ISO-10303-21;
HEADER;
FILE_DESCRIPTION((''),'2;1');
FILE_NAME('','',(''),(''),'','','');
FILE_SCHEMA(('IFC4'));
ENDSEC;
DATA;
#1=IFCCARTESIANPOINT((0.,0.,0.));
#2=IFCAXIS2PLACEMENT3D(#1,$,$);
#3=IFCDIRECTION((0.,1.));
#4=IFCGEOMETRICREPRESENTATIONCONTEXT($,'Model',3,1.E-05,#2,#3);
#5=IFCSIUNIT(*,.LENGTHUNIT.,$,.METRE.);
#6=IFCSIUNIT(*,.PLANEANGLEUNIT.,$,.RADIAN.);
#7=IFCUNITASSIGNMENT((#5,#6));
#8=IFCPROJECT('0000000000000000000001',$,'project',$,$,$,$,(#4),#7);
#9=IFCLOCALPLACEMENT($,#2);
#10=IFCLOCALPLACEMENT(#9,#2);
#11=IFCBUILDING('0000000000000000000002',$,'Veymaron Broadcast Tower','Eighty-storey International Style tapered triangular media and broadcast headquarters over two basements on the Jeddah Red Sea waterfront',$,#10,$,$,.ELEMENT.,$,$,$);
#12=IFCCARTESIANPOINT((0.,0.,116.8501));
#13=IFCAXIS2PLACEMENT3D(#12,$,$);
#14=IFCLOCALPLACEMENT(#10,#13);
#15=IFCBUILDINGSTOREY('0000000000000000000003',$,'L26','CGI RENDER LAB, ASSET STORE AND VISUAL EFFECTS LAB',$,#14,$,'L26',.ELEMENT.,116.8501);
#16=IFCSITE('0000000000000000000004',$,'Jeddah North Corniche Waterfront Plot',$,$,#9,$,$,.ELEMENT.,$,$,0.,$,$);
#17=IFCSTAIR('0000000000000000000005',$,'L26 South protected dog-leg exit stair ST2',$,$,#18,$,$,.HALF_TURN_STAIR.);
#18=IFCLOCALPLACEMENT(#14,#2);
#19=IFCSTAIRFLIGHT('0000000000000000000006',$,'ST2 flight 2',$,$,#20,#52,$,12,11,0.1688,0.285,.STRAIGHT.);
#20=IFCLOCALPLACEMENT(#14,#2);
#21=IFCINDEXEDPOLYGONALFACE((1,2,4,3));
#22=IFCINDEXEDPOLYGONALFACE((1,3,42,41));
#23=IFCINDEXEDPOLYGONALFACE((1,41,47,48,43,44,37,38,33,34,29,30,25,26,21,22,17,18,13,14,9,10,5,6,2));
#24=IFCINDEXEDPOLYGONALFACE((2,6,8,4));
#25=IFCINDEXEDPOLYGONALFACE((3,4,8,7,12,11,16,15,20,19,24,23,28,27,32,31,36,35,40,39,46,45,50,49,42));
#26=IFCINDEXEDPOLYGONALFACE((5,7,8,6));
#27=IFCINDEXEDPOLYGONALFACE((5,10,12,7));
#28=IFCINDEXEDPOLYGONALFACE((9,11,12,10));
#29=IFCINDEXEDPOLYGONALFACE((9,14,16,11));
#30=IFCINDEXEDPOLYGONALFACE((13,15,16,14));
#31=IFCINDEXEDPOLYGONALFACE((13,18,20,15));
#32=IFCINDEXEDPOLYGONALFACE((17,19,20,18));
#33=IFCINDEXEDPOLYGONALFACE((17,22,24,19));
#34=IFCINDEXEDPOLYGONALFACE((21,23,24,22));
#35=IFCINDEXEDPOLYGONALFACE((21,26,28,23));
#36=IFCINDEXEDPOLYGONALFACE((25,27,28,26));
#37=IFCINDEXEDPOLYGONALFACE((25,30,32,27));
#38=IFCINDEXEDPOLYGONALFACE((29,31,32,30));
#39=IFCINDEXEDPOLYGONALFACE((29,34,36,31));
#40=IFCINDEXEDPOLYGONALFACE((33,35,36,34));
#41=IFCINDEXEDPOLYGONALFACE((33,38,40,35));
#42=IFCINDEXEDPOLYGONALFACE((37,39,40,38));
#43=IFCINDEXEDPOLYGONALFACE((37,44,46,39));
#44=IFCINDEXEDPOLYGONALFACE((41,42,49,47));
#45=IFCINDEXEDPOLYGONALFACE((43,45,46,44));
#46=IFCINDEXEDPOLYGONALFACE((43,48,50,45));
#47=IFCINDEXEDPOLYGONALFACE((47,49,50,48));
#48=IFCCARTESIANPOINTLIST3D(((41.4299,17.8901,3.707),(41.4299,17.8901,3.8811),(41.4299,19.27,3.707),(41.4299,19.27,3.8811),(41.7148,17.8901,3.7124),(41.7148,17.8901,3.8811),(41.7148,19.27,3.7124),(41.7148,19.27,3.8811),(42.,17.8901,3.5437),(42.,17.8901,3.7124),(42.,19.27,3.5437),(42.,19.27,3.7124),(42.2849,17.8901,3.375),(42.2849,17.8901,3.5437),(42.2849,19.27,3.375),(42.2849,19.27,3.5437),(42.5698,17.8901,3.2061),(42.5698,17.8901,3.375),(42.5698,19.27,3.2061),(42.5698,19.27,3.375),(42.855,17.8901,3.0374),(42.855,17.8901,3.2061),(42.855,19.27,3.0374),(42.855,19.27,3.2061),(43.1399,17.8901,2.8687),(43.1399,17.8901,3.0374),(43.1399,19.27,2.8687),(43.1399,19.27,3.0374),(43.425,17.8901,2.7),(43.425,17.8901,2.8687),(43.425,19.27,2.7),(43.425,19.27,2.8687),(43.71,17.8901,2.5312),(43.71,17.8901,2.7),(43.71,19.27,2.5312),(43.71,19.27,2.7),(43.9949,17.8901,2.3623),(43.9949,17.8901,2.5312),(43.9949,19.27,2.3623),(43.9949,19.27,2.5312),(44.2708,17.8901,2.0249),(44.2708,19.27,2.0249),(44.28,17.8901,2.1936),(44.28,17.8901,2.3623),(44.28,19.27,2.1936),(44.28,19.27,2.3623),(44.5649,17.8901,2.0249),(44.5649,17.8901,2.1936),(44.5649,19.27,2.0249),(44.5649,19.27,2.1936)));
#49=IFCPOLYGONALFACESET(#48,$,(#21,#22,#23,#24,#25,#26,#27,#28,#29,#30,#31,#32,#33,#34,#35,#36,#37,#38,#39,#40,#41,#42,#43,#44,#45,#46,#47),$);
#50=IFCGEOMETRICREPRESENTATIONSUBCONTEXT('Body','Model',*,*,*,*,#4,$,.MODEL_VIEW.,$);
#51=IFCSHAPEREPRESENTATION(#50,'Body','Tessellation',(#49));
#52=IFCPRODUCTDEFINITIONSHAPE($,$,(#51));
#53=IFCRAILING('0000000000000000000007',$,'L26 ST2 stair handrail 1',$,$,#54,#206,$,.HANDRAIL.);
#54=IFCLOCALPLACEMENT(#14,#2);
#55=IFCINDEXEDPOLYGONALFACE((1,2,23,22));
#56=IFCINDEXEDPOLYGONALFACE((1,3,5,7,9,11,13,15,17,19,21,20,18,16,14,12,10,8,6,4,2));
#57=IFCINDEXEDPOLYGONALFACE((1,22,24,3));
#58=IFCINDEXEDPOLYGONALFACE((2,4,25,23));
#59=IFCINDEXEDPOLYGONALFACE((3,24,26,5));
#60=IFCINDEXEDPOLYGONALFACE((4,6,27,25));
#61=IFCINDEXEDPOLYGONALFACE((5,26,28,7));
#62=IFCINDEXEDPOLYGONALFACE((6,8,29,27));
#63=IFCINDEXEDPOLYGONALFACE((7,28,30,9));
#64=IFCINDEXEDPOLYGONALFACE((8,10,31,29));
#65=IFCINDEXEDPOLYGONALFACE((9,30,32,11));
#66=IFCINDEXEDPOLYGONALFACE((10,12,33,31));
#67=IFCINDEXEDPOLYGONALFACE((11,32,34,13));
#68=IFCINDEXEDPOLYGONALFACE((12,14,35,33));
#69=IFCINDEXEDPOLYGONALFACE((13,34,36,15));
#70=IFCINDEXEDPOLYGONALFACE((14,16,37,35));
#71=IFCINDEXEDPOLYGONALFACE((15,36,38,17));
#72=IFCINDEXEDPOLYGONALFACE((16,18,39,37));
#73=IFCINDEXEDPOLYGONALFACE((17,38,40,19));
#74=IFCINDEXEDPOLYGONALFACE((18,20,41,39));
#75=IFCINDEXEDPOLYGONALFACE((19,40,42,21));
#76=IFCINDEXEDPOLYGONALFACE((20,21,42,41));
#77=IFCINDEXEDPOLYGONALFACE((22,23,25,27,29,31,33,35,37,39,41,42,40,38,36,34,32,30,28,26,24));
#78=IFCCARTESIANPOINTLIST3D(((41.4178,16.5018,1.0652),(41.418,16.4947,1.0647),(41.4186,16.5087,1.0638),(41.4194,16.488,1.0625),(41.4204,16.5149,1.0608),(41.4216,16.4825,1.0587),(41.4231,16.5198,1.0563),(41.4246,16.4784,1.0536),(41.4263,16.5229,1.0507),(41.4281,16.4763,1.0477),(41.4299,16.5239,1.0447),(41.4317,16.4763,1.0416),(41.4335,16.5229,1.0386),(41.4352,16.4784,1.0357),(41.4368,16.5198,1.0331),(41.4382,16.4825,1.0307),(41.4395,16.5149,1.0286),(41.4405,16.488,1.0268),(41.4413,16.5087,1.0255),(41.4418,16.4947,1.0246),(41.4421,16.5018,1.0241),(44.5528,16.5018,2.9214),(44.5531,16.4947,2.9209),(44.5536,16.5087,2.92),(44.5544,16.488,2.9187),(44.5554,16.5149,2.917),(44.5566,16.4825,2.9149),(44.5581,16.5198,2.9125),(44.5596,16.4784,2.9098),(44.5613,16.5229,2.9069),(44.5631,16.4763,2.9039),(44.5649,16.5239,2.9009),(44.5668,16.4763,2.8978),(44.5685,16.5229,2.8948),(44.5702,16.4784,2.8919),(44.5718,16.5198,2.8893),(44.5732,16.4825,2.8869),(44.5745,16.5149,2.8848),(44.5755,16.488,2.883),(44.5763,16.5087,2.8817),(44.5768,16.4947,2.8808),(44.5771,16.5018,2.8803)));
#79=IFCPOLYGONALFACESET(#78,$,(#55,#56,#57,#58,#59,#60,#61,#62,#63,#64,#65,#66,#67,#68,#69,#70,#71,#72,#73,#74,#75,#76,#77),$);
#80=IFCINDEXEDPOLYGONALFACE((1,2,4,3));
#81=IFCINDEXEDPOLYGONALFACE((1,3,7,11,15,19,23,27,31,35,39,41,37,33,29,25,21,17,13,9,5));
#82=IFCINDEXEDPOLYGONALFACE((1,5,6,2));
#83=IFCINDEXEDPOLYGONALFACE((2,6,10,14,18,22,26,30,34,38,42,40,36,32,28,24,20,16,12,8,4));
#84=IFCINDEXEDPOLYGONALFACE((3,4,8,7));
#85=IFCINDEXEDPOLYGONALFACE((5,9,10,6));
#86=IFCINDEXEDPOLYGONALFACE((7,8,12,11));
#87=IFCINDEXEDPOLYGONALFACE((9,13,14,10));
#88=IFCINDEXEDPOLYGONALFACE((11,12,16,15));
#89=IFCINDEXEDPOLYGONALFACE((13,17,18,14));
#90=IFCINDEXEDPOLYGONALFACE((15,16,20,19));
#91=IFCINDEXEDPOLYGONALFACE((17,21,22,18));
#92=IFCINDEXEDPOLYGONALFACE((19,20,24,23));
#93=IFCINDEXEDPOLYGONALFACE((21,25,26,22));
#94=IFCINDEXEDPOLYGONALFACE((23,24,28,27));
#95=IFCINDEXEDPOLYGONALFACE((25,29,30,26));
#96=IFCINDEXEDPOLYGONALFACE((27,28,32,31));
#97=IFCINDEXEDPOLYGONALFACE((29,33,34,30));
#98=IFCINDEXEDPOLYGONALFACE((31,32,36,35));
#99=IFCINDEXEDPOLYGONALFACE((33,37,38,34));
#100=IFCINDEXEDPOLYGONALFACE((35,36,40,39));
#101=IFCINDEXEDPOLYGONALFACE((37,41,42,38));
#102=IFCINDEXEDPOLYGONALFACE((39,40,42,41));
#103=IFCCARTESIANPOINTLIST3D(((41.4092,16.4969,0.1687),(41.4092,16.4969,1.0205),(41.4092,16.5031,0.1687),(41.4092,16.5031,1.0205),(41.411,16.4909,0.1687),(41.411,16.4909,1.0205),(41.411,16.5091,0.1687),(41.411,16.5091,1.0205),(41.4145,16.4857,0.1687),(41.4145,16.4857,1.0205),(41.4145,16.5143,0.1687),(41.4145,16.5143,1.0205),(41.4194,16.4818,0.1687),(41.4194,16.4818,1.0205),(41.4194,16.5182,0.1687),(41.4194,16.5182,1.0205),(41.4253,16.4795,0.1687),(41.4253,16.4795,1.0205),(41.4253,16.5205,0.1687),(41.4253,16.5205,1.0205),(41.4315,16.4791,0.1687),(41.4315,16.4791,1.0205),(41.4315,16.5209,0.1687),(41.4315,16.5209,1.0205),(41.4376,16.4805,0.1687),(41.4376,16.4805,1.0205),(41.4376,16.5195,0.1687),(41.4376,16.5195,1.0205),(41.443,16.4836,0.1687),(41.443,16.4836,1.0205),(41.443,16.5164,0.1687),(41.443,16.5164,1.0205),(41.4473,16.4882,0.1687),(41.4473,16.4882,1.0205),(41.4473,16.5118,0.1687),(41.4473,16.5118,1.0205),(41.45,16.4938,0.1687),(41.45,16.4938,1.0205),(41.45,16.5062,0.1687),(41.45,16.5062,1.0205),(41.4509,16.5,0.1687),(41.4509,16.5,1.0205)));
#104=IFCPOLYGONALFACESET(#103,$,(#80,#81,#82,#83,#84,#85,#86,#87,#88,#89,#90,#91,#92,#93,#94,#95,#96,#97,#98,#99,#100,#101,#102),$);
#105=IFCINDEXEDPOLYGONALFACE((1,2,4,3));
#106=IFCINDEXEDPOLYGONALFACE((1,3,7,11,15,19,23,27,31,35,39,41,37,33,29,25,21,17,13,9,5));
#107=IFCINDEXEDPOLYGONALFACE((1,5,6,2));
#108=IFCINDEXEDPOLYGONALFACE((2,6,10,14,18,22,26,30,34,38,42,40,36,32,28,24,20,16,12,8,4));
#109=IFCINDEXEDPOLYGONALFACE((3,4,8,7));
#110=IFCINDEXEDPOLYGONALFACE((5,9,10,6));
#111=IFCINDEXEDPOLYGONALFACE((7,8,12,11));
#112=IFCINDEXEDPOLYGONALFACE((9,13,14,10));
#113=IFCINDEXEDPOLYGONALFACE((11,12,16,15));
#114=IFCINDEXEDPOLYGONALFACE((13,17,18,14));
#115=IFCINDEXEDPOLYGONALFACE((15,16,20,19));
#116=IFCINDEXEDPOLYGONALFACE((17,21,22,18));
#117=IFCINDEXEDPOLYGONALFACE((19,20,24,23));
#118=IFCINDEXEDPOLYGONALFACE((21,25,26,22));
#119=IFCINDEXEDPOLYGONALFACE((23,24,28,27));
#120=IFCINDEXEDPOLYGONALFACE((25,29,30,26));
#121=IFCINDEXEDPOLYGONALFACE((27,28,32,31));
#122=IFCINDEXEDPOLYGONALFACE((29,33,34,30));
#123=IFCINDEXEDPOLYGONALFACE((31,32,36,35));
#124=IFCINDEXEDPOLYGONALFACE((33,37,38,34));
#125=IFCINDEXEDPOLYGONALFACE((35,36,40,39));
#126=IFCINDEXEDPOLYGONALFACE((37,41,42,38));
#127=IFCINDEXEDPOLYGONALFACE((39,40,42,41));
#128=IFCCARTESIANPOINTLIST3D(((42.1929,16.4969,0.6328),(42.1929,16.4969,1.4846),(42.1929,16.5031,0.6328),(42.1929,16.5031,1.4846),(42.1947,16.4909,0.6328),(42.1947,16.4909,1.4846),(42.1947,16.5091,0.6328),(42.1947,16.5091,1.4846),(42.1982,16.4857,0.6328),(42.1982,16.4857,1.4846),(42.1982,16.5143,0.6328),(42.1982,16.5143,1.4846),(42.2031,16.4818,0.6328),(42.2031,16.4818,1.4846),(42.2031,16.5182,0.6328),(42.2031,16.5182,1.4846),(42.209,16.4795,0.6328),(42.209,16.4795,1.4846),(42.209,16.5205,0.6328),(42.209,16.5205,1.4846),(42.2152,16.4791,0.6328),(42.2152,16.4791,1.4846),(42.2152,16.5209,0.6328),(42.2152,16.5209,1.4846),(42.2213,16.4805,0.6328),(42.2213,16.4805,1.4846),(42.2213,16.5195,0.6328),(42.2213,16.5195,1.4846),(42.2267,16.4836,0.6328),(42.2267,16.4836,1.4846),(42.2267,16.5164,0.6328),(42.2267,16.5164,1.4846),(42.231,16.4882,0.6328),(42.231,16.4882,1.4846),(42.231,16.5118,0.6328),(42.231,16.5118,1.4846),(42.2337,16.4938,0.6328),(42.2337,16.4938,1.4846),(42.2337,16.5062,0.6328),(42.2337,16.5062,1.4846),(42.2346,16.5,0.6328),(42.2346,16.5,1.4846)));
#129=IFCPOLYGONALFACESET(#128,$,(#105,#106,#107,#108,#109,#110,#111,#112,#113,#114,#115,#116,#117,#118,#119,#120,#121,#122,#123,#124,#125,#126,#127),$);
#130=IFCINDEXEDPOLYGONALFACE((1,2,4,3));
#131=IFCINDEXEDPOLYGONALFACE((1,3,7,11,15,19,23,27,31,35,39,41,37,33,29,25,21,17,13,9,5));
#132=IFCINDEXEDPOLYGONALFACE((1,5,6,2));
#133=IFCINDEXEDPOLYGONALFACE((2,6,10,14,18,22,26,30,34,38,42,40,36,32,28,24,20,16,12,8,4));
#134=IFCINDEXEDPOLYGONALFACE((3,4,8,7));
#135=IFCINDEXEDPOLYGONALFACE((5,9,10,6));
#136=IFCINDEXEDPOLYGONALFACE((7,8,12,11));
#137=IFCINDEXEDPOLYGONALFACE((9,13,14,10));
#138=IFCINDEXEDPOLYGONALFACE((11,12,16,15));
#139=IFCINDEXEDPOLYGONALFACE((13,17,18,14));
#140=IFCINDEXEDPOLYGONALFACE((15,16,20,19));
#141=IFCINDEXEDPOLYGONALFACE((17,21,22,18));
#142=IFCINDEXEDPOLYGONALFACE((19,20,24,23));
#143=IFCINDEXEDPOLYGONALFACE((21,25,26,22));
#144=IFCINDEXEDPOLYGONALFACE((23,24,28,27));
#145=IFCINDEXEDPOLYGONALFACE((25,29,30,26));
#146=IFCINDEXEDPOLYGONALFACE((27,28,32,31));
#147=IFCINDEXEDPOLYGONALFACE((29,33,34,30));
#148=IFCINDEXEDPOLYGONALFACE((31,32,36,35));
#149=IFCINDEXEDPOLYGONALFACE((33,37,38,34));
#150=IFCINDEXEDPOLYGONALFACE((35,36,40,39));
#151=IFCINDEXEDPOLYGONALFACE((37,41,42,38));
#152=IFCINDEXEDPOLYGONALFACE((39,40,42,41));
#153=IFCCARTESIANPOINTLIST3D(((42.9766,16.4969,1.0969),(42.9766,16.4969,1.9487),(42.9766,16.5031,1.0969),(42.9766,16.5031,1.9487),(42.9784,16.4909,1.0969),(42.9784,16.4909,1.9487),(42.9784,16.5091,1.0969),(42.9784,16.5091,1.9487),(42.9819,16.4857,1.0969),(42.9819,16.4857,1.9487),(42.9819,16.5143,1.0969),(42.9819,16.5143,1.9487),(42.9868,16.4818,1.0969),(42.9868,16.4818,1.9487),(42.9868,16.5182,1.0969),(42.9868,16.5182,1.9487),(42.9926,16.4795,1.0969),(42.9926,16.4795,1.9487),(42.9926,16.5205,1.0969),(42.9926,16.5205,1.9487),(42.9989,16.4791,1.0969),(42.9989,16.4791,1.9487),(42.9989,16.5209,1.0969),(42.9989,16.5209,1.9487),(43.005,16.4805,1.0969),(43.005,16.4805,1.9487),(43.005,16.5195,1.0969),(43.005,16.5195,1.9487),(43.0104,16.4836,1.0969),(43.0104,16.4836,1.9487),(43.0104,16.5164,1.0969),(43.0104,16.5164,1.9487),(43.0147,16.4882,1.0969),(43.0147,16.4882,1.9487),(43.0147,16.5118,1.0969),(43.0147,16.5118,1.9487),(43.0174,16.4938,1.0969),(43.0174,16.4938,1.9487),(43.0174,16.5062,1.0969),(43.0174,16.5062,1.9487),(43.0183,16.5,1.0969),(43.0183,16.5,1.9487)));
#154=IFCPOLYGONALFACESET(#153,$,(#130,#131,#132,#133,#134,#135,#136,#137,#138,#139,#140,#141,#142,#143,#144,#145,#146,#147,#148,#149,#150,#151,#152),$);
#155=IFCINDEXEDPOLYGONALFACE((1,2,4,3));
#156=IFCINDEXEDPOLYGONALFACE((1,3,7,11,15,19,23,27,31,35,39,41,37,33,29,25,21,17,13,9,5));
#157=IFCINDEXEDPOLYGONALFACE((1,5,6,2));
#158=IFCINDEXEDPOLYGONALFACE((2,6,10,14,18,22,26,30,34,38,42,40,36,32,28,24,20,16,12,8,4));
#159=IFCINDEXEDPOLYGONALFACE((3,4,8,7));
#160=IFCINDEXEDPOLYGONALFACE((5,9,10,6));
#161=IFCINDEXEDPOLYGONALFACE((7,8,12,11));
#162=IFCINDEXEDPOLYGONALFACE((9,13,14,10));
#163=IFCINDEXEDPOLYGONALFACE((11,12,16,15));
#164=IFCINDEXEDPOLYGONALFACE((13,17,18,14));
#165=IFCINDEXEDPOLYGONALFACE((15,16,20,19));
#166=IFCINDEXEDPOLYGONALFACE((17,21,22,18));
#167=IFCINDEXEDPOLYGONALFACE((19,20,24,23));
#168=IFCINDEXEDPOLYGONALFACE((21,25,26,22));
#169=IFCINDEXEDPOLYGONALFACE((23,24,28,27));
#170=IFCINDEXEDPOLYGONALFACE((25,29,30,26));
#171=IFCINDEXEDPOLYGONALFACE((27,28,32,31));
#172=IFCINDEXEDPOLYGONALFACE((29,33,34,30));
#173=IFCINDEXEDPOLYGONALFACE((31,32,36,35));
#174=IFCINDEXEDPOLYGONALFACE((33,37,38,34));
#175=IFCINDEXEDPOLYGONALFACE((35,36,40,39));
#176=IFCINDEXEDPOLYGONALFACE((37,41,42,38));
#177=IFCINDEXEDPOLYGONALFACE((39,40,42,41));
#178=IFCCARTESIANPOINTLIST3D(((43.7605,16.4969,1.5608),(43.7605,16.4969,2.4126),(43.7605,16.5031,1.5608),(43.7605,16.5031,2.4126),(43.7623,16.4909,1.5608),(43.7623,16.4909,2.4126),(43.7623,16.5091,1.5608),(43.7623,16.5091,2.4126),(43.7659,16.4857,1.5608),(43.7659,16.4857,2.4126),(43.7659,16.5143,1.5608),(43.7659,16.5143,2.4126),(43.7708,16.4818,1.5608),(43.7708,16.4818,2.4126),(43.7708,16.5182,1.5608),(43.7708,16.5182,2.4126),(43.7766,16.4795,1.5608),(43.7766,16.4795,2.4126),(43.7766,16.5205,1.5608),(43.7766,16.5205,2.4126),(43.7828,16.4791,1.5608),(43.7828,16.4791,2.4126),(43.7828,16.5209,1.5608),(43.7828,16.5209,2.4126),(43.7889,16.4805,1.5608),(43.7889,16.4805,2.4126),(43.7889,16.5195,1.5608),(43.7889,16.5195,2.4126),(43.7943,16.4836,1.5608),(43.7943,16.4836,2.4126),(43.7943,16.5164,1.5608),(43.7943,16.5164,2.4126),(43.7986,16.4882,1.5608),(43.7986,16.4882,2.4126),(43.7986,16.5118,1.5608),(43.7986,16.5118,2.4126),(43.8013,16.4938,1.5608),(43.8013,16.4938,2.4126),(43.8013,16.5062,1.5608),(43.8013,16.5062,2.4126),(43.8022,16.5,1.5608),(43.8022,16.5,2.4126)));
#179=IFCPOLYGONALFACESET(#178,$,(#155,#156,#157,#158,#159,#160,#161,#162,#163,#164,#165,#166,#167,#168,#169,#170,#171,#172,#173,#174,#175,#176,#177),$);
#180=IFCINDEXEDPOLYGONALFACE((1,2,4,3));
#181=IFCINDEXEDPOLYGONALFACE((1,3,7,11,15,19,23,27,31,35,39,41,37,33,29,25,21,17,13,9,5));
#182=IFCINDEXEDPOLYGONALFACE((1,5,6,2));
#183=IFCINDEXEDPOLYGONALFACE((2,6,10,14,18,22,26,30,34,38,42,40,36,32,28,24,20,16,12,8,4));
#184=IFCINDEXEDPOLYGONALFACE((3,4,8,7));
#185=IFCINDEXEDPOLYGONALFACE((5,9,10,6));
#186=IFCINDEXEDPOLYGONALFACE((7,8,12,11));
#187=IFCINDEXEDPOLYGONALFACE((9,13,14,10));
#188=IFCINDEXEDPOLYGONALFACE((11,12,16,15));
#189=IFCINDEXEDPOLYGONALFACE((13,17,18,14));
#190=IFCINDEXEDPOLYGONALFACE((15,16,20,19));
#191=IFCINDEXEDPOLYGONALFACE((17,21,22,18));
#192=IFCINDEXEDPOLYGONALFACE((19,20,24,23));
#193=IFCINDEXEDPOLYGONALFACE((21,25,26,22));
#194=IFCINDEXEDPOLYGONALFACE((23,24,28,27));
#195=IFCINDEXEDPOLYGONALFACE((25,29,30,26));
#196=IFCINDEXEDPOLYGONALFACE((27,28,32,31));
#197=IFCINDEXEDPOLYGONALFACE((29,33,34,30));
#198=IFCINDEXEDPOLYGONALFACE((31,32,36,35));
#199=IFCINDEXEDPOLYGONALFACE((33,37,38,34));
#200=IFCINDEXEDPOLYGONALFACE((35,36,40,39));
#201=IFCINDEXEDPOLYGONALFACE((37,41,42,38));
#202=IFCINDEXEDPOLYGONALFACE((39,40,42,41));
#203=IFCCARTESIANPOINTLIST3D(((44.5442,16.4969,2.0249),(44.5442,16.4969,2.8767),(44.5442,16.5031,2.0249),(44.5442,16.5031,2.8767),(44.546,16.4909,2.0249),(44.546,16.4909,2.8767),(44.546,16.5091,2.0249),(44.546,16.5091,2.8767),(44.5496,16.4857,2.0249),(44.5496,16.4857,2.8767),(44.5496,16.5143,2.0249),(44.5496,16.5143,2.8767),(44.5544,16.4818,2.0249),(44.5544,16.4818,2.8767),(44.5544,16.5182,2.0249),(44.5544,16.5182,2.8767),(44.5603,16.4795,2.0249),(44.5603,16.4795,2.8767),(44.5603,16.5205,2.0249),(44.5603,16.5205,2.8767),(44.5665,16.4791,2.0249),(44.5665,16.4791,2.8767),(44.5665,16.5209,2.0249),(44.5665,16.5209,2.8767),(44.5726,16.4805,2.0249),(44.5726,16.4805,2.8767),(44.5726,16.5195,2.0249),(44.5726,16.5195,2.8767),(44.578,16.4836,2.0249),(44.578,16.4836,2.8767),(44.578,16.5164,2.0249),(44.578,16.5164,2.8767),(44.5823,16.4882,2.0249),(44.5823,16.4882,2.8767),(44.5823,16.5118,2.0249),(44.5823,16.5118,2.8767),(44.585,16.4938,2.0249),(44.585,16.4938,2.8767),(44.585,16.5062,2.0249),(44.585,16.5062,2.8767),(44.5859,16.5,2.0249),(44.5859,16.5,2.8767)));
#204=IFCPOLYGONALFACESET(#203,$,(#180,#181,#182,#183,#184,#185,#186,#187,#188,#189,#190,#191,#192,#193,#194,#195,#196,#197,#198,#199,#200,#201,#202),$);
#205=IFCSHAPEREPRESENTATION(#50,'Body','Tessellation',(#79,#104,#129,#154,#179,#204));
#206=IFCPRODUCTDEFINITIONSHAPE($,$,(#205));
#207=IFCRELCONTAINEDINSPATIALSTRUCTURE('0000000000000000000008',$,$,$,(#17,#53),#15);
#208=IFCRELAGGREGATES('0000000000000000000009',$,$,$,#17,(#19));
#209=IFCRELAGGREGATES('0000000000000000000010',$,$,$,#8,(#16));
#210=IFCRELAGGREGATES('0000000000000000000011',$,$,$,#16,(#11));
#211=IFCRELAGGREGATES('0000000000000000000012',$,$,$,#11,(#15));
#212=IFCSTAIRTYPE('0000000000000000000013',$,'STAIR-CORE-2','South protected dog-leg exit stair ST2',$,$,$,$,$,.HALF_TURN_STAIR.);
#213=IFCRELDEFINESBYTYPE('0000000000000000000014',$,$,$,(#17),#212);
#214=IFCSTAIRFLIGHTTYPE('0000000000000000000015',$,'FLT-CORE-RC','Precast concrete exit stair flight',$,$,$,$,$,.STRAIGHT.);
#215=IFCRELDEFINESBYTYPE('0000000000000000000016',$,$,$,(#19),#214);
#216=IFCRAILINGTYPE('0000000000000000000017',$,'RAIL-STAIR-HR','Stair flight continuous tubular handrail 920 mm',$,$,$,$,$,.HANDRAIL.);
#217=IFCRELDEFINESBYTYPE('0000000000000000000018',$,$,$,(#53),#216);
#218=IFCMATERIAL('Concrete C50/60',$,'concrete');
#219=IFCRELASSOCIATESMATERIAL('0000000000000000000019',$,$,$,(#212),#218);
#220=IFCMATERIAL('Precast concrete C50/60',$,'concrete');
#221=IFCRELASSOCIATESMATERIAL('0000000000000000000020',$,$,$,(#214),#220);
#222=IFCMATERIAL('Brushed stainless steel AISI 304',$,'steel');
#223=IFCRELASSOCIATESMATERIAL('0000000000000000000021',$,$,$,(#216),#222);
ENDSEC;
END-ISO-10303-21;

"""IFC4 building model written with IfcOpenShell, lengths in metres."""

from ifc_helpers import new_model, si_unit, direction, frame, origin, origin_2d, place, context, subcontext, project, spatial, polyline, circle, outline, extrude, material, type_object, element, aggregate, save


model = new_model("IFC4")

# Units and contexts
model_context = context("Model", 3, precision=1e-05, world=origin(), true_north=direction((0.0, 1.0)))
body_context = subcontext(model_context, "Body", "Model", "MODEL_VIEW")
ifc_project = project(units=[si_unit("LENGTHUNIT", "METRE"), si_unit("PLANEANGLEUNIT", "RADIAN")], contexts=[model_context])

# Site, building, storey
site_placement = place(None, origin())
site = spatial("IfcSite", under=ifc_project, at=site_placement, Name="Jeddah North Corniche Waterfront Plot", CompositionType="ELEMENT", RefElevation=0.0)
building_placement = place(site_placement, origin())
building = spatial("IfcBuilding", under=site, at=building_placement, Name="Veymaron Broadcast Tower", Description="Eighty-storey International Style tapered triangular media and broadcast headquarters over two basements on the Jeddah Red Sea waterfront", CompositionType="ELEMENT")
storey_placement = place(building_placement, frame((0.0, 0.0, 116.8501)))
storey = spatial("IfcBuildingStorey", under=building, at=storey_placement, Name="L26", Description="CGI RENDER LAB, ASSET STORE AND VISUAL EFFECTS LAB", LongName="L26", CompositionType="ELEMENT", Elevation=116.8501)

# Shared definitions
ifc_material_1 = material(Name="Brushed stainless steel AISI 304", Category="steel")

# Shared definitions
ifc_material_2 = material(Name="Concrete C50/60", Category="concrete")

# Stair, stair flight
stair_type = type_object("IfcStairType", Name="STAIR-CORE-2", Description="South protected dog-leg exit stair ST2", PredefinedType="HALF_TURN_STAIR", material=ifc_material_2)
stair_placement = place(storey_placement, origin())
stair = element("IfcStair", 1, at=stair_placement, inside=storey, type_object=stair_type, Name="L26 South protected dog-leg exit stair ST2", PredefinedType="HALF_TURN_STAIR")
ifc_material_3 = material(Name="Precast concrete C50/60", Category="concrete")
stair_flight_type = type_object("IfcStairFlightType", Name="FLT-CORE-RC", Description="Precast concrete exit stair flight", PredefinedType="STRAIGHT", material=ifc_material_3)
stair_flight_1_placement = place(storey_placement, frame((44.5649, 18.5801, 2.0249), z_axis=(0.0, 0.0, 1.0), x_axis=(-1.0, 0.0, 0.0)))
stair_flight_1 = element("IfcStairFlight", 2, at=stair_flight_1_placement, type_object=stair_flight_type, Name="ST2 flight 2", NumberOfRisers=12, NumberOfTreads=11, PredefinedType="STRAIGHT", RiserHeight=0.1688, TreadLength=0.285, context=body_context, shape_type="SweptSolid", body=[
    extrude(outline(polyline([(0.0, 0.0), (0.0, 0.1687), (0.2849, 0.1687), (0.2849, 0.3374), (0.5701, 0.3374), (0.5701, 0.5063), (0.855, 0.5063), (0.855, 0.675), (1.1399, 0.675), (1.1399, 0.8438), (1.425, 0.8438), (1.425, 1.0125), (1.71, 1.0125), (1.71, 1.1812), (1.9951, 1.1812), (1.9951, 1.3501), (2.28, 1.3501), (2.28, 1.5188), (2.5649, 1.5188), (2.5649, 1.6875), (2.8501, 1.6875), (2.8501, 1.8562), (3.135, 1.8562), (3.135, 2.0249), (3.135, 1.6821), (0.2942, 0.0), (0.0, 0.0)])), frame((0.0, 0.6899, 0.0), z_axis=(0.0, -1.0, 0.0), x_axis=(1.0, 0.0, 0.0)), (0.0, 0.0, 1.0), 1.3799),
])
aggregate(stair, [stair_flight_1])

# Railing
railing_type_1 = type_object("IfcRailingType", Name="RAIL-STAIR-HR", Description="Stair flight continuous tubular handrail 920 mm", PredefinedType="HANDRAIL", material=ifc_material_1)
railing_1_placement = place(storey_placement, frame((41.4299, 16.5, 0.1687)))
element("IfcRailing", 3, at=railing_1_placement, inside=storey, type_object=railing_type_1, Name="L26 ST2 stair handrail 1", PredefinedType="HANDRAIL", context=body_context, shape_type="SweptSolid", body=[
    extrude(circle(Radius=0.0239, at=origin_2d()), frame((0.0, 0.0, 0.876), z_axis=(0.860482, 0.0, 0.509481), x_axis=(0.0, 1.0, 0.0)), (0.0, 0.0, 1.0), 3.6433),
    extrude(circle(Radius=0.021, at=origin_2d()), origin(), (0.0, 0.0, 1.0), 0.8518),
    extrude(circle(Radius=0.021, at=origin_2d()), frame((0.7837, 0.0, 0.4641)), (0.0, 0.0, 1.0), 0.8518),
    extrude(circle(Radius=0.021, at=origin_2d()), frame((1.5674, 0.0, 0.9282)), (0.0, 0.0, 1.0), 0.8518),
    extrude(circle(Radius=0.021, at=origin_2d()), frame((2.3513, 0.0, 1.3921)), (0.0, 0.0, 1.0), 0.8518),
    extrude(circle(Radius=0.021, at=origin_2d()), frame((3.135, 0.0, 1.8562)), (0.0, 0.0, 1.0), 0.8518),
])

save(model, "model.ifc")
